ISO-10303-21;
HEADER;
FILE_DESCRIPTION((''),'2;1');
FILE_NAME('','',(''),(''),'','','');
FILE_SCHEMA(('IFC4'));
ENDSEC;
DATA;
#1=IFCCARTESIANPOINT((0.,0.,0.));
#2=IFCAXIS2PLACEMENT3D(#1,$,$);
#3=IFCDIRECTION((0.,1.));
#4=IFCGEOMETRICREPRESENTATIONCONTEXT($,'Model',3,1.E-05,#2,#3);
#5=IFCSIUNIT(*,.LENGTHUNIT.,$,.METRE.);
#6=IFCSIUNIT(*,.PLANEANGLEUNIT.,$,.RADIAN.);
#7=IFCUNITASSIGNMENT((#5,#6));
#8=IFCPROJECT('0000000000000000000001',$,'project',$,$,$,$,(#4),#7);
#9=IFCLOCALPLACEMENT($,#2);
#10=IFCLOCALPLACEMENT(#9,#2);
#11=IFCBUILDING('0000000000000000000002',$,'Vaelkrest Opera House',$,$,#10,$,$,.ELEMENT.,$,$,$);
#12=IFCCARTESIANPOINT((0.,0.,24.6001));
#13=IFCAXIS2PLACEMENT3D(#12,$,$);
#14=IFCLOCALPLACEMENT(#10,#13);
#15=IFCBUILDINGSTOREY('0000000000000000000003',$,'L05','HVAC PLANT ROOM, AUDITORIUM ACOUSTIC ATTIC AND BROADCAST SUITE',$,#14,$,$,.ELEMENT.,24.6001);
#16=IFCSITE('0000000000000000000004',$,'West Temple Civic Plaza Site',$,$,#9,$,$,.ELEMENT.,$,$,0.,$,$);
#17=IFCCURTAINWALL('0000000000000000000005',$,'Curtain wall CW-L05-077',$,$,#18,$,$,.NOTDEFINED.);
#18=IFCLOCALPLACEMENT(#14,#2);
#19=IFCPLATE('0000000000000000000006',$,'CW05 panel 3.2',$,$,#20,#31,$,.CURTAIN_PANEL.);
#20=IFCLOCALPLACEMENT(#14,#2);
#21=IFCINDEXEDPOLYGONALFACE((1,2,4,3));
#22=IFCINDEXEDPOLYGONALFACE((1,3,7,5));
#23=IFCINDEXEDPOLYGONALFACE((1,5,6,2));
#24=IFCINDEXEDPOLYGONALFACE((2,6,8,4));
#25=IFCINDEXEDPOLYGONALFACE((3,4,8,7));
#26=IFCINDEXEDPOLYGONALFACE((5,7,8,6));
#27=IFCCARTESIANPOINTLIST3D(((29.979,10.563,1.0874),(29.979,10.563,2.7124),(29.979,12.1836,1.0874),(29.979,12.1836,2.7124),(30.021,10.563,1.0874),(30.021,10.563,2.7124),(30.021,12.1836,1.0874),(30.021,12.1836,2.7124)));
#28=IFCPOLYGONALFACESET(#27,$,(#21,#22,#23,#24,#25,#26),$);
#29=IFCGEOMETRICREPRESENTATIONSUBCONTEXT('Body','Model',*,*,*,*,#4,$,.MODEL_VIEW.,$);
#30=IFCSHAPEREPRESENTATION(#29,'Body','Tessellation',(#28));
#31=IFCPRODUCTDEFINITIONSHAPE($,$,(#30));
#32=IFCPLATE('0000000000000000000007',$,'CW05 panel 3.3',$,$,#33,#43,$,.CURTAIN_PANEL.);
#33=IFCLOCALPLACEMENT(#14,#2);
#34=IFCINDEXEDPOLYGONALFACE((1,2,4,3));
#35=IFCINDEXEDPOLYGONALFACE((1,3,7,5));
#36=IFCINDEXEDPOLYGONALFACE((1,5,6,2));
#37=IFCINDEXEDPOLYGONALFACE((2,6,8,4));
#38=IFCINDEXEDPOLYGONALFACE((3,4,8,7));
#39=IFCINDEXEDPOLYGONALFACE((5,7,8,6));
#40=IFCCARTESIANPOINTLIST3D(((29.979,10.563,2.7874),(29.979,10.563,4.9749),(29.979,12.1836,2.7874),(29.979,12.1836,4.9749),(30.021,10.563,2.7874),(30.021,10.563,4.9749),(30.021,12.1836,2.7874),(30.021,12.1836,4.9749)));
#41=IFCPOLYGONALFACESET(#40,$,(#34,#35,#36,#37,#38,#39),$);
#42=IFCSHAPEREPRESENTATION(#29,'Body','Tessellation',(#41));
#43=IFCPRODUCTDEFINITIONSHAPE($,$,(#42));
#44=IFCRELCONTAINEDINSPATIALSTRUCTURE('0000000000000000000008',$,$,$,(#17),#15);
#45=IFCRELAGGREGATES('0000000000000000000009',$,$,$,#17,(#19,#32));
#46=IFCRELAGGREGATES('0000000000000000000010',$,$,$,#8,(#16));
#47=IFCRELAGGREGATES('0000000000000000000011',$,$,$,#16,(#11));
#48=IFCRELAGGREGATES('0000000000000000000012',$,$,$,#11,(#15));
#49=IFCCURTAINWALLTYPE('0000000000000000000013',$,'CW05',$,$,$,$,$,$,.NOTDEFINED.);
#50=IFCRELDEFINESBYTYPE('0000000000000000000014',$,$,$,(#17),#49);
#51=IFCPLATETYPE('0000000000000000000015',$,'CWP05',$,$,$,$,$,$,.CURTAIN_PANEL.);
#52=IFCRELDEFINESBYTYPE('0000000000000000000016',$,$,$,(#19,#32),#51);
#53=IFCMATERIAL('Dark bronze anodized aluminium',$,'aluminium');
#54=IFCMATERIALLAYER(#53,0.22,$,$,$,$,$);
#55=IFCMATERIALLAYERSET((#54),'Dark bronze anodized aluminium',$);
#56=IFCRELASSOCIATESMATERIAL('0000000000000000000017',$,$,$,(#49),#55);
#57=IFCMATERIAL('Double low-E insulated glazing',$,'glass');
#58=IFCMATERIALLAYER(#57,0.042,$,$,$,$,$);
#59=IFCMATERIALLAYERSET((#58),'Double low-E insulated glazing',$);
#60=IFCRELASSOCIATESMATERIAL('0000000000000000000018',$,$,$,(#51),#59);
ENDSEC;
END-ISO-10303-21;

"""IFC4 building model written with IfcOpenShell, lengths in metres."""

from ifc_helpers import new_model, si_unit, direction, frame, origin, origin_2d, place, context, subcontext, project, spatial, rectangle, extrude, material, layer, layer_set, type_object, element, aggregate, save


model = new_model("IFC4")

# Units and contexts
model_context = context("Model", 3, precision=1e-05, world=origin(), true_north=direction((0.0, 1.0)))
body_context = subcontext(model_context, "Body", "Model", "MODEL_VIEW")
ifc_project = project(units=[si_unit("LENGTHUNIT", "METRE"), si_unit("PLANEANGLEUNIT", "RADIAN")], contexts=[model_context])

# Site, building, storey
site_placement = place(None, origin())
site = spatial("IfcSite", under=ifc_project, at=site_placement, Name="West Temple Civic Plaza Site", CompositionType="ELEMENT", RefElevation=0.0)
building_placement = place(site_placement, origin())
building = spatial("IfcBuilding", under=site, at=building_placement, Name="Vaelkrest Opera House", CompositionType="ELEMENT")
storey_placement = place(building_placement, frame((0.0, 0.0, 24.6001)))
storey = spatial("IfcBuildingStorey", under=building, at=storey_placement, Name="L05", Description="HVAC PLANT ROOM, AUDITORIUM ACOUSTIC ATTIC AND BROADCAST SUITE", CompositionType="ELEMENT", Elevation=24.6001)

# Curtain wall, plates
ifc_material_1 = material(Name="Dark bronze anodized aluminium", Category="aluminium")
ifc_layer_1 = layer(ifc_material_1, 0.22)
ifc_layer_set_1 = layer_set([ifc_layer_1], Name="Dark bronze anodized aluminium")
curtain_wall_type = type_object("IfcCurtainWallType", Name="CW05", PredefinedType="NOTDEFINED", material=ifc_layer_set_1)
curtain_wall_placement = place(storey_placement, origin())
curtain_wall = element("IfcCurtainWall", 1, at=curtain_wall_placement, inside=storey, type_object=curtain_wall_type, Name="Curtain wall CW-L05-077", PredefinedType="NOTDEFINED")
ifc_material_2 = material(Name="Double low-E insulated glazing", Category="glass")
ifc_layer_2 = layer(ifc_material_2, 0.042)
ifc_layer_set_2 = layer_set([ifc_layer_2], Name="Double low-E insulated glazing")
plate_type = type_object("IfcPlateType", Name="CWP05", PredefinedType="CURTAIN_PANEL", material=ifc_layer_set_2)
plate_1_placement = place(storey_placement, frame((30.0, 11.3733, 1.0874), z_axis=(0.0, 0.0, 1.0), x_axis=(0.0, -1.0, 0.0)))
plate_1 = element("IfcPlate", 2, at=plate_1_placement, type_object=plate_type, Name="CW05 panel 3.2", PredefinedType="CURTAIN_PANEL", context=body_context, shape_type="SweptSolid", body=[
    extrude(rectangle(XDim=1.6206, YDim=0.042, at=origin_2d()), origin(), (0.0, 0.0, 1.0), 1.625),
])
plate_2_placement = place(storey_placement, frame((30.0, 11.3733, 2.7874), z_axis=(0.0, 0.0, 1.0), x_axis=(0.0, -1.0, 0.0)))
plate_2 = element("IfcPlate", 3, at=plate_2_placement, type_object=plate_type, Name="CW05 panel 3.3", PredefinedType="CURTAIN_PANEL", context=body_context, shape_type="SweptSolid", body=[
    extrude(rectangle(XDim=1.6206, YDim=0.042, at=origin_2d()), origin(), (0.0, 0.0, 1.0), 2.1875),
])
aggregate(curtain_wall, [plate_1, plate_2])

save(model, "model.ifc")
